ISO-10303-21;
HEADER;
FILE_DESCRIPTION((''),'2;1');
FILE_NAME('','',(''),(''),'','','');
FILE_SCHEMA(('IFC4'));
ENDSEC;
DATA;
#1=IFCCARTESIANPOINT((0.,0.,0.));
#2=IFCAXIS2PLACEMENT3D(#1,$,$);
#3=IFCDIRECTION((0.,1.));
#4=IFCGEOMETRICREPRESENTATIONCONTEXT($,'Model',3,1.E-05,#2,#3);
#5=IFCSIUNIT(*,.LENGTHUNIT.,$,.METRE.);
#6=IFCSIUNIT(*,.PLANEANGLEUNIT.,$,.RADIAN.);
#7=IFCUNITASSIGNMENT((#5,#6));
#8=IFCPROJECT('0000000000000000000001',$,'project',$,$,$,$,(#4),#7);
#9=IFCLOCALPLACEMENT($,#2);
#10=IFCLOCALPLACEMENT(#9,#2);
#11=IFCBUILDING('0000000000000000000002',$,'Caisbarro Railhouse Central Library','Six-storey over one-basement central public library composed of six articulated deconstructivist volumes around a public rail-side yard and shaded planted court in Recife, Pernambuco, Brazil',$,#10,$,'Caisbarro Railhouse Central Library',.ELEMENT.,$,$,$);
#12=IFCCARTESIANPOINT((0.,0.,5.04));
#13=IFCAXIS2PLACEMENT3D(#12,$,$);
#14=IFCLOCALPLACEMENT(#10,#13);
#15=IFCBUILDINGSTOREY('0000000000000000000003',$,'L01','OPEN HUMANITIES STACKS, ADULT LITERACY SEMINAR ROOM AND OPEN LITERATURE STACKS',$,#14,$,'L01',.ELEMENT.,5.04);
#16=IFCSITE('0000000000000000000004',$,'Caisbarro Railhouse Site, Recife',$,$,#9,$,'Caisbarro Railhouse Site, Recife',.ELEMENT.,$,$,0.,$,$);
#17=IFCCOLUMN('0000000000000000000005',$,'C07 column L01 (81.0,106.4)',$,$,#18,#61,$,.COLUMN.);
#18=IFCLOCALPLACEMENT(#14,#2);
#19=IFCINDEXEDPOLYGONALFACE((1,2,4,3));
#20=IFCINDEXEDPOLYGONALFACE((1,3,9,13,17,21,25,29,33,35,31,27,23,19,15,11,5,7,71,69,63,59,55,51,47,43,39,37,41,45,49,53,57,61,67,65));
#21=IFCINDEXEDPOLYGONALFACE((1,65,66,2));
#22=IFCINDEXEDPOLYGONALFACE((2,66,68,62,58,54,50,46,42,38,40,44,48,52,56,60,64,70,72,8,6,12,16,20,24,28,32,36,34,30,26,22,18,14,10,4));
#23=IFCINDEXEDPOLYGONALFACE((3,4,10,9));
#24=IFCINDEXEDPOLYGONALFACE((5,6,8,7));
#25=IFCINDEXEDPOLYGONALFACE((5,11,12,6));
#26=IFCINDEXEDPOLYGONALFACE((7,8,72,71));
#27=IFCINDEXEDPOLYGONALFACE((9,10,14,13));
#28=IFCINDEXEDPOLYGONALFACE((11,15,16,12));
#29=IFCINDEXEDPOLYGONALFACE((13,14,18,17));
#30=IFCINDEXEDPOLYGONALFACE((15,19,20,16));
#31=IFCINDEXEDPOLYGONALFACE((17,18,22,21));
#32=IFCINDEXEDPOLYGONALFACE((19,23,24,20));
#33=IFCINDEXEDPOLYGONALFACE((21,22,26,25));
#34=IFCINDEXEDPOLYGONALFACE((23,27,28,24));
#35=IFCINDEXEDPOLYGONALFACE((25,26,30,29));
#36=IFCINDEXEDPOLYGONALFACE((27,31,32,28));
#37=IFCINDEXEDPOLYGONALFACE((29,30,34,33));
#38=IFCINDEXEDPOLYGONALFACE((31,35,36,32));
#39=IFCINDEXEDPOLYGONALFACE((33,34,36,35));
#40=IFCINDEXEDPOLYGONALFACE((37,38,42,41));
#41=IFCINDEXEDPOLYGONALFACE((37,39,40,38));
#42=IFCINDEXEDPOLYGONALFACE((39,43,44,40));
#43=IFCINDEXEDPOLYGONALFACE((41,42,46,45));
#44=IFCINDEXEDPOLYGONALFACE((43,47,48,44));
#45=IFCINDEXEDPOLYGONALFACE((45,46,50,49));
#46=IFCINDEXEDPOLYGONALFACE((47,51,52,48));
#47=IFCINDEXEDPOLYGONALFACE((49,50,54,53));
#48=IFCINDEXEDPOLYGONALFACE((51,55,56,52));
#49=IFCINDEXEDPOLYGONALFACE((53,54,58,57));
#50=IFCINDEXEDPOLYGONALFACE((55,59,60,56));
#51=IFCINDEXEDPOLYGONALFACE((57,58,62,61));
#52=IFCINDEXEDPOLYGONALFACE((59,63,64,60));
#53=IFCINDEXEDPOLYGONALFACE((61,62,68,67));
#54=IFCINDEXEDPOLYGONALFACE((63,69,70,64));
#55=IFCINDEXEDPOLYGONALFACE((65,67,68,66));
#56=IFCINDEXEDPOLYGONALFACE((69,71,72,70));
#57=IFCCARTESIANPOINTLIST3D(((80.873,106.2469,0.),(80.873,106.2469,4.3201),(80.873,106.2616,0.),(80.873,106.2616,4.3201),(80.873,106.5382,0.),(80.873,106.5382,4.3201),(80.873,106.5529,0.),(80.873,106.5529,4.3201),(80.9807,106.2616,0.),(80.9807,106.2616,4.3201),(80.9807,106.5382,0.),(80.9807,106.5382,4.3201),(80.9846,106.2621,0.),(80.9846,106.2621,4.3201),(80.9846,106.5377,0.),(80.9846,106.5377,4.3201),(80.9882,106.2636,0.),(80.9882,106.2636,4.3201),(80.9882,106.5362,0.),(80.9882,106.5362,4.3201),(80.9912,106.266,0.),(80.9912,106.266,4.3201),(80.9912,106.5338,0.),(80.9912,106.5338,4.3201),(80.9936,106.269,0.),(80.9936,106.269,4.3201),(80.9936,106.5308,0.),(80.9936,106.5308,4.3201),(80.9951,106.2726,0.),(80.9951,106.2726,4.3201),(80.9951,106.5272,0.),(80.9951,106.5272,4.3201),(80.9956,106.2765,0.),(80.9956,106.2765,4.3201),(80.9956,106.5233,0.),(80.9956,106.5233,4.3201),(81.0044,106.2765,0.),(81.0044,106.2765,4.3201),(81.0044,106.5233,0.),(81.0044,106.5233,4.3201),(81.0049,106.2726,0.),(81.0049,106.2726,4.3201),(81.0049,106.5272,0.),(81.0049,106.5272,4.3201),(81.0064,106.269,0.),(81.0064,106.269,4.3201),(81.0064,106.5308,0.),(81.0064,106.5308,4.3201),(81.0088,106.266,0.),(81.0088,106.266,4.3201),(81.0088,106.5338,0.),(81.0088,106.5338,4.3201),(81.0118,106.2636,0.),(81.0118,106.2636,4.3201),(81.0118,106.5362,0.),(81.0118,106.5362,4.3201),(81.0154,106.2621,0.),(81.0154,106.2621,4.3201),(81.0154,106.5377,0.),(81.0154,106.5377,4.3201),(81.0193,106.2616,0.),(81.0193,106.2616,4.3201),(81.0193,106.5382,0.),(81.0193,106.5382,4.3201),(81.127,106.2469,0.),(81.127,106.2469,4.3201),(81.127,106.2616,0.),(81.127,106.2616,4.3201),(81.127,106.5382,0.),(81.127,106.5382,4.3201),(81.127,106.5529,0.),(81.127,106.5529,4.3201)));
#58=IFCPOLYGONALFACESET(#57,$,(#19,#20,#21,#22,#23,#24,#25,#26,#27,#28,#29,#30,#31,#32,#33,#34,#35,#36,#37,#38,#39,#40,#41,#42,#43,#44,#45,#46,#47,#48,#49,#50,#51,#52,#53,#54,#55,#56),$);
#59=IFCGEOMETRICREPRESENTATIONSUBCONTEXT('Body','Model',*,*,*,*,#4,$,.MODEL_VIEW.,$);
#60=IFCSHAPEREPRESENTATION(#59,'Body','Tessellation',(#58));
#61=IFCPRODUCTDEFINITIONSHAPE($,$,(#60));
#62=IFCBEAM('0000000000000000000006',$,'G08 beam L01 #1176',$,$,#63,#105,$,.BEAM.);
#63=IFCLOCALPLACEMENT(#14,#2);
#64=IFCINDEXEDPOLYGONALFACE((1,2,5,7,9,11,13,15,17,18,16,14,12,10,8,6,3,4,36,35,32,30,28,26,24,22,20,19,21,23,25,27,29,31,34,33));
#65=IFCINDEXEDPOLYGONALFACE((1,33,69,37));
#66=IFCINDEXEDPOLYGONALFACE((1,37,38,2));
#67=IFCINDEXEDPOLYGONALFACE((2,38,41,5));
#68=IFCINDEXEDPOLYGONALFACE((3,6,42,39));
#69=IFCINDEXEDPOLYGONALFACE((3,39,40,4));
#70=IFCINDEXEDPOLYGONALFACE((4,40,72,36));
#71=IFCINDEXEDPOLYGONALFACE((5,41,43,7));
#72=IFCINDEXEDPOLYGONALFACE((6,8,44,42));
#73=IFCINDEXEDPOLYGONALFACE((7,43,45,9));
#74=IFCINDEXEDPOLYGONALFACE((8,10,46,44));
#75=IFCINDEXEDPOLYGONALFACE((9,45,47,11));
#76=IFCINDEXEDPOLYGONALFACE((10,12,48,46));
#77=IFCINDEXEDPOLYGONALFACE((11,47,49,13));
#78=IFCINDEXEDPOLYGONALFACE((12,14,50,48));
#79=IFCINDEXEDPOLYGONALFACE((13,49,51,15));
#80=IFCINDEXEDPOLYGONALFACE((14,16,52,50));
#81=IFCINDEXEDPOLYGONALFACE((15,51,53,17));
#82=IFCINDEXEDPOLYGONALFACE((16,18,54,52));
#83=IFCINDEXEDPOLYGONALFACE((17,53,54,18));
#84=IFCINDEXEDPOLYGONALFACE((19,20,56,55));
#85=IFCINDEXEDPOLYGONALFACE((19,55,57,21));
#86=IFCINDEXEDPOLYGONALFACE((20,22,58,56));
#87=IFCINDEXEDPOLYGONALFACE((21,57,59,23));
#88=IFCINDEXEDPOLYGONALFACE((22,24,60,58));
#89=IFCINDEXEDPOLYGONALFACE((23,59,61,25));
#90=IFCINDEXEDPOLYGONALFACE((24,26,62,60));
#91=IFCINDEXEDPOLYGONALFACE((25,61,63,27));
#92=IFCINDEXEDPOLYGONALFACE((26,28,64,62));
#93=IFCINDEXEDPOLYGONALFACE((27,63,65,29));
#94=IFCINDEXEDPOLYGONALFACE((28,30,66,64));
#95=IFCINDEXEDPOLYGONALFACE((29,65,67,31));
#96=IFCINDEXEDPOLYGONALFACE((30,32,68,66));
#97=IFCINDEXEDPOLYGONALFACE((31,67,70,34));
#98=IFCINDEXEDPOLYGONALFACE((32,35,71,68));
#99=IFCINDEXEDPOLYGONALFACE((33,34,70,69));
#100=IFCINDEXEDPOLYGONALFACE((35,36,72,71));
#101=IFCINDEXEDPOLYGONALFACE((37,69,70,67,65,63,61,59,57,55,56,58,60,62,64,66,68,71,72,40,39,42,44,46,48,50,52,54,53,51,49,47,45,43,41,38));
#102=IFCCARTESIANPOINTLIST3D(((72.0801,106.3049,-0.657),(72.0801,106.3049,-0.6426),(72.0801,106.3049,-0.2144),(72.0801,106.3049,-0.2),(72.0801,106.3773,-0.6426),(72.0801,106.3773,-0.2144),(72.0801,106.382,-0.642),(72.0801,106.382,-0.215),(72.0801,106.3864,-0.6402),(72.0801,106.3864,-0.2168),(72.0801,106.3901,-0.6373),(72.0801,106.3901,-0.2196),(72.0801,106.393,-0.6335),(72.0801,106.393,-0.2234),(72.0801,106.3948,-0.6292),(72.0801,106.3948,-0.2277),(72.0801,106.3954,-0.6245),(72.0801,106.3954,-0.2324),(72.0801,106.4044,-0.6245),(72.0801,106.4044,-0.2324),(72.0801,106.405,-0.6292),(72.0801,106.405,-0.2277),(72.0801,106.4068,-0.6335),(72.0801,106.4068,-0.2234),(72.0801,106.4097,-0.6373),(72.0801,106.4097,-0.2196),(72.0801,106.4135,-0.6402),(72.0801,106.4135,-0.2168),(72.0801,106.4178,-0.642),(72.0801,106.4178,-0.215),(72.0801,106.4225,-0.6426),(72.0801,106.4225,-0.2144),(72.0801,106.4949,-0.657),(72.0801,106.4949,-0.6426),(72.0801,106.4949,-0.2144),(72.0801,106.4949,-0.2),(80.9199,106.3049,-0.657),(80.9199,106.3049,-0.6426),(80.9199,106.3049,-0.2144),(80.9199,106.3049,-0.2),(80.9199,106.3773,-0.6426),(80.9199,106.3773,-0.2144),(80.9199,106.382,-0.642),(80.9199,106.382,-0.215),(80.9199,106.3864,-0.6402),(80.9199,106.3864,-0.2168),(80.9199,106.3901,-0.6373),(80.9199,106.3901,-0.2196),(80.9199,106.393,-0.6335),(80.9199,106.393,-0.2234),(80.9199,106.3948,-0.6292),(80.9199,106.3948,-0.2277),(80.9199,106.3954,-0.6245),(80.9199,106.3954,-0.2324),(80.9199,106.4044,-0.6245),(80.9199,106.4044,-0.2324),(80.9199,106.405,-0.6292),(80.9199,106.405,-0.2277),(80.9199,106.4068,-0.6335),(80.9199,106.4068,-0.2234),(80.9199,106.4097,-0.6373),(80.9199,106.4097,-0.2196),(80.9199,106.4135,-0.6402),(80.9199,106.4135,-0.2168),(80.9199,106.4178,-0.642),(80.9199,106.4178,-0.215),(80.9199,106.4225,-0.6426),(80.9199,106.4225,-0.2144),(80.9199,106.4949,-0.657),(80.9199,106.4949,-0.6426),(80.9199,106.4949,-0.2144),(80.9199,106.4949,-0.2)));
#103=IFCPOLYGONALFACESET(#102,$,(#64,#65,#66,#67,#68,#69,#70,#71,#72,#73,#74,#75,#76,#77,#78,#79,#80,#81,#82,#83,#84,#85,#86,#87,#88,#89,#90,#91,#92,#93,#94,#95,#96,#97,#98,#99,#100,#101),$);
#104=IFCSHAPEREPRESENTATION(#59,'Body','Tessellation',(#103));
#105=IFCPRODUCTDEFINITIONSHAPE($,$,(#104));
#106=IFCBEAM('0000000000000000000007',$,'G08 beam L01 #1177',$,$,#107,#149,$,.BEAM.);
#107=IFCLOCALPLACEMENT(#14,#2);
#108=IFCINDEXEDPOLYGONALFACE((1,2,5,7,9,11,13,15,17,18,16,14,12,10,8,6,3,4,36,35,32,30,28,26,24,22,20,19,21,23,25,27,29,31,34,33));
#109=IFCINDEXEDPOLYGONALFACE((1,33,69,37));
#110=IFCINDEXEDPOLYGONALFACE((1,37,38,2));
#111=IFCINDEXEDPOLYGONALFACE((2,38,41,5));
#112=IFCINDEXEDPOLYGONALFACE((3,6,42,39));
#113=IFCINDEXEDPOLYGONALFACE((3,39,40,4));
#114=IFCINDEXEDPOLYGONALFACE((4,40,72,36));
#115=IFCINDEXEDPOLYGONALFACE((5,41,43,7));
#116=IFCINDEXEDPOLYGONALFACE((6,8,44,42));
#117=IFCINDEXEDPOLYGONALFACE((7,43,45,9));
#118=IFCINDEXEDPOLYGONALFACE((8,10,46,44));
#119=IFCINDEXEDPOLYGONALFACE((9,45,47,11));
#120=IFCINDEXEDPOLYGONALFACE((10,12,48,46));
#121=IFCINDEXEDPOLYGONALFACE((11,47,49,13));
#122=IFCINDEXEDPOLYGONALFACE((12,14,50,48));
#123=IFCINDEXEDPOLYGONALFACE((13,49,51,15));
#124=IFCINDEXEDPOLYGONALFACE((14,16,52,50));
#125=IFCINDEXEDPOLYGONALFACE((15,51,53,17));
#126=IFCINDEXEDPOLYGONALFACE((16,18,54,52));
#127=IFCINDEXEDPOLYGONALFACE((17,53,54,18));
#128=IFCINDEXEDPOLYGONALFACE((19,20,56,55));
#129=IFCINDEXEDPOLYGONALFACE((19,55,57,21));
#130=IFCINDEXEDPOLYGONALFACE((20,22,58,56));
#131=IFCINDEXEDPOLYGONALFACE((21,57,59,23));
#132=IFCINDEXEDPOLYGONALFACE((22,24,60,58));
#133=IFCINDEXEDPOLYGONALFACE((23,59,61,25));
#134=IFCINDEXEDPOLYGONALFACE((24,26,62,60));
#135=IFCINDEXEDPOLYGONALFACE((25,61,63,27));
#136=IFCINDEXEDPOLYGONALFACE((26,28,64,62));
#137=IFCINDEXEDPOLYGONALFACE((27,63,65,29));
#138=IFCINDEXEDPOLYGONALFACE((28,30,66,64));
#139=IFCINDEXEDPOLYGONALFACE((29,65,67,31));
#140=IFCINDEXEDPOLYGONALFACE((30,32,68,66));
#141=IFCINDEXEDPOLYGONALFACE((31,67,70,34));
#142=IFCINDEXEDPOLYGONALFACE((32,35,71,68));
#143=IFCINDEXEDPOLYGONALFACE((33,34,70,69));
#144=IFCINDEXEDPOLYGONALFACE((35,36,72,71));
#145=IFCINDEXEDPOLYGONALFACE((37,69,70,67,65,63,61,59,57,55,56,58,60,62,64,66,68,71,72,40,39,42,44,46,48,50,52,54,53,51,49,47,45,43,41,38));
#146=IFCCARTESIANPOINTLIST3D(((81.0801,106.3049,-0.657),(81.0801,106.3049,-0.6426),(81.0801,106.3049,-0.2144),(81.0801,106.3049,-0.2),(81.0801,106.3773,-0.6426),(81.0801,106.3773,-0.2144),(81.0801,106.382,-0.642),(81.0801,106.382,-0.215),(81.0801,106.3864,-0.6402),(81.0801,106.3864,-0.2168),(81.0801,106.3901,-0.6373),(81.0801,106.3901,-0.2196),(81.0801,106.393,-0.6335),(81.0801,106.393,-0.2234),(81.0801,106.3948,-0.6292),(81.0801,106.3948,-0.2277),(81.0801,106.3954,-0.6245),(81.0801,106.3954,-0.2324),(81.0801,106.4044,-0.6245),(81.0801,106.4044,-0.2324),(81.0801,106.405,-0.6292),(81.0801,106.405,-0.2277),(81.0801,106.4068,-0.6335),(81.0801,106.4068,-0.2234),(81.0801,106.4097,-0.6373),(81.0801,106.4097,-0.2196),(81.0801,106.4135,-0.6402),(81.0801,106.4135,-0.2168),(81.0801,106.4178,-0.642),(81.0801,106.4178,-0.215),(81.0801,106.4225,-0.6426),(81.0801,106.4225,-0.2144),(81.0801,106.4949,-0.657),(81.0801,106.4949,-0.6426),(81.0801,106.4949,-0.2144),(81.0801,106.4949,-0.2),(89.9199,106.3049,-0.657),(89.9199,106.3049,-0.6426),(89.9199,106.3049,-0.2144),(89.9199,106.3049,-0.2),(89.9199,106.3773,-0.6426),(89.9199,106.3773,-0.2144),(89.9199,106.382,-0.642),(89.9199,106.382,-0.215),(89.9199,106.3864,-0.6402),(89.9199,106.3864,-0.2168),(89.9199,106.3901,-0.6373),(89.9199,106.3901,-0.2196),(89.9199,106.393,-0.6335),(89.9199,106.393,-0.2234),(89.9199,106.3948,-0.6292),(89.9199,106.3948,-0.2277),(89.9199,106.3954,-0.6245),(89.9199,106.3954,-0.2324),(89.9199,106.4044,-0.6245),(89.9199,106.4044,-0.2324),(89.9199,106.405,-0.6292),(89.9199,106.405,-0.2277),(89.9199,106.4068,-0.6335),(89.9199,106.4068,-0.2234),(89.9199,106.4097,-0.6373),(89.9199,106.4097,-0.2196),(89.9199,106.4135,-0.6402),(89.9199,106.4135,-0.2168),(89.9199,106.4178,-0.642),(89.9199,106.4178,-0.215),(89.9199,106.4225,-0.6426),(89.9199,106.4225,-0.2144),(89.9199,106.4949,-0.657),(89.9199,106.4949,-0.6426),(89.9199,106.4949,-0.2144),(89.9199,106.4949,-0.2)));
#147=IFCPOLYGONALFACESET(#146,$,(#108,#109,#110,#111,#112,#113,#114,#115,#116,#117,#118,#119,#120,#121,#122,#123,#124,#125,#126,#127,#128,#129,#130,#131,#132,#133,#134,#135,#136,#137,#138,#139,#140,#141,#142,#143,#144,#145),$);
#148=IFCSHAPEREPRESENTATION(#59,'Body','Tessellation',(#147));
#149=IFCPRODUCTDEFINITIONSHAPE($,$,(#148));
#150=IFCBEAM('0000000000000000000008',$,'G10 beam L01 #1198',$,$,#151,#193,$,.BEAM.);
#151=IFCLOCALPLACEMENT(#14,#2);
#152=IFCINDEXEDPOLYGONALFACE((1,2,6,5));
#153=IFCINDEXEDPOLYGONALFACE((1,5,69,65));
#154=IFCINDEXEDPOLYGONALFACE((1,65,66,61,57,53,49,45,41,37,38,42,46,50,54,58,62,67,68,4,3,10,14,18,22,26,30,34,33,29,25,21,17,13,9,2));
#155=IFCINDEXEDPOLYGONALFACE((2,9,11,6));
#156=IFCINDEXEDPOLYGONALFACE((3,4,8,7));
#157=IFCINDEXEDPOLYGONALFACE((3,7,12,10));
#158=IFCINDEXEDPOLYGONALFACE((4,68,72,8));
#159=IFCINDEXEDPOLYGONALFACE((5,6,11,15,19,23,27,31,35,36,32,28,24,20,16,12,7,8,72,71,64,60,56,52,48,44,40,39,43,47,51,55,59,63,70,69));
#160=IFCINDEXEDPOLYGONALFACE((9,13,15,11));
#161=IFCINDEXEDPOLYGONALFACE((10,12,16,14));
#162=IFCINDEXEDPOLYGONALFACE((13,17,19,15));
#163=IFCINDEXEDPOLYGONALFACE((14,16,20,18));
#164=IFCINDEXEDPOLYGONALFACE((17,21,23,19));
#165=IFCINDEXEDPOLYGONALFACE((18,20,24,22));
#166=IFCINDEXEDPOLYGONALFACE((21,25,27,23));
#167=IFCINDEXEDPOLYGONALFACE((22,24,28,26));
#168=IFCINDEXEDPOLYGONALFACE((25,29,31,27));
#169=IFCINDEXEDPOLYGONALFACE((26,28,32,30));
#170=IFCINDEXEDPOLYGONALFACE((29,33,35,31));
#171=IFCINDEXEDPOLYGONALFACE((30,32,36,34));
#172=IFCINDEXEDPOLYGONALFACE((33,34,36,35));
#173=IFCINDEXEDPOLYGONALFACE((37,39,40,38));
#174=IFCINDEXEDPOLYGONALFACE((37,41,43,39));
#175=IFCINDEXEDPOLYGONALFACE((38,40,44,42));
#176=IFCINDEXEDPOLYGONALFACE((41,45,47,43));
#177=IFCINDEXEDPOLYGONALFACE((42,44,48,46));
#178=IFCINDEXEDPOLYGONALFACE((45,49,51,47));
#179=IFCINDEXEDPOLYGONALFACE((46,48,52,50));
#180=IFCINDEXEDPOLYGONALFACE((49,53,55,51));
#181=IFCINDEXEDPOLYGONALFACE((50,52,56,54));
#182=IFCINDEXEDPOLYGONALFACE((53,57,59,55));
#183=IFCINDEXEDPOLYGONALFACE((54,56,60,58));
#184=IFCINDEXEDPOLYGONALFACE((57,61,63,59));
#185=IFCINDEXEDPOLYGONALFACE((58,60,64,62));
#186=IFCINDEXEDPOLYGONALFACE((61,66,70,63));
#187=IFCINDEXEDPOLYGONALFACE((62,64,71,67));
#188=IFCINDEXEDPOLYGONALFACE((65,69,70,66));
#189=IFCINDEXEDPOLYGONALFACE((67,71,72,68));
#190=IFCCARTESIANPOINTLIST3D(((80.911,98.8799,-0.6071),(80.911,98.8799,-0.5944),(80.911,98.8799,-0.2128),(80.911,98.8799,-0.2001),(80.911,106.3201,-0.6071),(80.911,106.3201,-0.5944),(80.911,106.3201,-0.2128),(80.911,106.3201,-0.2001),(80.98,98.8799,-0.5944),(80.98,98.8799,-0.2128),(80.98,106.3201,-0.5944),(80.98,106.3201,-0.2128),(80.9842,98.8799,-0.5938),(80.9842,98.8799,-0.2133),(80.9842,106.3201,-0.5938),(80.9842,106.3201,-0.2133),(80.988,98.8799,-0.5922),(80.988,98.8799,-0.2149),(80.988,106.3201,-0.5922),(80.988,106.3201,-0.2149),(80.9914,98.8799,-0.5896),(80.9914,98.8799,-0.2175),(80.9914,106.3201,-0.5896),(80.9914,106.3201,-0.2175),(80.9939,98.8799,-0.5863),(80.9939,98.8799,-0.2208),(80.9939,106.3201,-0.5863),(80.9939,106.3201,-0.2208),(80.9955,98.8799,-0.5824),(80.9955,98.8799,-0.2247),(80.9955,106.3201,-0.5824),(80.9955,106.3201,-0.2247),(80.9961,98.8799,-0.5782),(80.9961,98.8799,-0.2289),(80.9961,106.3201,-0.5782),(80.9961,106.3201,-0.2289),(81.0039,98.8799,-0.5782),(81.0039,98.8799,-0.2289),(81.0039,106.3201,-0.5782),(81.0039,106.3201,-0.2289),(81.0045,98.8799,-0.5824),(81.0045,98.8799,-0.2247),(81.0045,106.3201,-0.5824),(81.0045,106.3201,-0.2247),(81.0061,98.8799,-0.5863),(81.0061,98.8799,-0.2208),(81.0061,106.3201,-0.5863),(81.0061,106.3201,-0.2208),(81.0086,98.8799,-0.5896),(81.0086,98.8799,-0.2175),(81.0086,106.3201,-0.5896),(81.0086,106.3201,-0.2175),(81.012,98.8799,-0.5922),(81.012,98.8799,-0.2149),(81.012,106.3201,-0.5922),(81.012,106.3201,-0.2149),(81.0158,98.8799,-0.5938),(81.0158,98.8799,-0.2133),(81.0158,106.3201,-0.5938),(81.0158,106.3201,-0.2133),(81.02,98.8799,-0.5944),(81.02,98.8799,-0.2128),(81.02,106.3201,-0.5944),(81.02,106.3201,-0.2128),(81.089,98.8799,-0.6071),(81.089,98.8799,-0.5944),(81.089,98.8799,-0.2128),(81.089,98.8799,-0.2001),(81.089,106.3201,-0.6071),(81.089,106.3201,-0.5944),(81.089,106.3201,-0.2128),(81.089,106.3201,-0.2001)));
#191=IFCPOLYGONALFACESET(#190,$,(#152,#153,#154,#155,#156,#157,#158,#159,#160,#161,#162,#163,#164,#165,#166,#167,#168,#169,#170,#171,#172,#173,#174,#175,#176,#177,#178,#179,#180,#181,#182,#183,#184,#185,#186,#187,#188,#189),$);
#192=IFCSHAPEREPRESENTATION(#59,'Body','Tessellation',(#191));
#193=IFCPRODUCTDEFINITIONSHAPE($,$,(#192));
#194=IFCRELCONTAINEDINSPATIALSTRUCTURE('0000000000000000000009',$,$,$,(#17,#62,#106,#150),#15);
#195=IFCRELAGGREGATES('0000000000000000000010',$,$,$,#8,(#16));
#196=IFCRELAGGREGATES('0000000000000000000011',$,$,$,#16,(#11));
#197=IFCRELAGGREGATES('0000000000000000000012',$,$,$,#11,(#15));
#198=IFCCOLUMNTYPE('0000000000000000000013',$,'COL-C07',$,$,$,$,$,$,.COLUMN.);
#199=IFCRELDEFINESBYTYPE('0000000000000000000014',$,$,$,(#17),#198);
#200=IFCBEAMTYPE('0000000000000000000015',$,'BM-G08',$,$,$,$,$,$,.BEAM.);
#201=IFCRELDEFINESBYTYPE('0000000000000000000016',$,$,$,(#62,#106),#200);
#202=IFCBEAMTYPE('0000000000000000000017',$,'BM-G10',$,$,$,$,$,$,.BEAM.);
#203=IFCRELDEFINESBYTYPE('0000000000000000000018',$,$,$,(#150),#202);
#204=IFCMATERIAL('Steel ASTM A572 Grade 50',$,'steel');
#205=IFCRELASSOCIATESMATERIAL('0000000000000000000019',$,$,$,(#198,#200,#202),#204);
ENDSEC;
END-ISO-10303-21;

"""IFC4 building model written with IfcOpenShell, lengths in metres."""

from ifc_helpers import new_model, si_unit, direction, frame, origin, origin_2d, place, context, subcontext, project, spatial, i_section, extrude, material, material_profile, profile_set, type_object, element, save


model = new_model("IFC4")

# Units and contexts
model_context = context("Model", 3, precision=1e-05, world=origin(), true_north=direction((0.0, 1.0)))
body_context = subcontext(model_context, "Body", "Model", "MODEL_VIEW")
ifc_project = project(units=[si_unit("LENGTHUNIT", "METRE"), si_unit("PLANEANGLEUNIT", "RADIAN")], contexts=[model_context])

# Site, building, storey
site_placement = place(None, origin())
site = spatial("IfcSite", under=ifc_project, at=site_placement, Name="Caisbarro Railhouse Site, Recife", LongName="Caisbarro Railhouse Site, Recife", CompositionType="ELEMENT", RefElevation=0.0)
building_placement = place(site_placement, origin())
building = spatial("IfcBuilding", under=site, at=building_placement, Name="Caisbarro Railhouse Central Library", Description="Six-storey over one-basement central public library composed of six articulated deconstructivist volumes around a public rail-side yard and shaded planted court in Recife, Pernambuco, Brazil", LongName="Caisbarro Railhouse Central Library", CompositionType="ELEMENT")
storey_placement = place(building_placement, frame((0.0, 0.0, 5.04)))
storey = spatial("IfcBuildingStorey", under=building, at=storey_placement, Name="L01", Description="OPEN HUMANITIES STACKS, ADULT LITERACY SEMINAR ROOM AND OPEN LITERATURE STACKS", LongName="L01", CompositionType="ELEMENT", Elevation=5.04)

# Column
ifc_material_1 = material(Name="Steel ASTM A572 Grade 50", Category="steel")
ifc_material_profile_1 = material_profile(ifc_material_1, i_section(OverallWidth=0.2539, OverallDepth=0.3059, WebThickness=0.0088, FlangeThickness=0.0146, FilletRadius=0.0149, at=origin_2d()), Name="W310X79.0")
ifc_profile_set_1 = profile_set([ifc_material_profile_1], Name="Steel ASTM A572 Grade 50")
column_type = type_object("IfcColumnType", Name="COL-C07", PredefinedType="COLUMN", material=ifc_profile_set_1)
column_placement = place(storey_placement, frame((81.0, 106.3999, 0.0), z_axis=(0.0, 0.0, 1.0), x_axis=(1.0, 0.0, 0.0)))
element("IfcColumn", 1, at=column_placement, inside=storey, type_object=column_type, Name="C07 column L01 (81.0,106.4)", PredefinedType="COLUMN", context=body_context, shape_type="SweptSolid", body=[
    extrude(i_section(OverallWidth=0.2539, OverallDepth=0.3059, WebThickness=0.0088, FlangeThickness=0.0146, FilletRadius=0.0149, at=origin_2d()), origin(), (0.0, 0.0, 1.0), 4.3201),
])

# Beams
ifc_material_profile_2 = material_profile(ifc_material_1, i_section(OverallWidth=0.1899, OverallDepth=0.457, WebThickness=0.009, FlangeThickness=0.0144, FilletRadius=0.0181, at=origin_2d()), Name="W460X74.0")
ifc_profile_set_2 = profile_set([ifc_material_profile_2], Name="Steel ASTM A572 Grade 50")
beam_type_1 = type_object("IfcBeamType", Name="BM-G08", PredefinedType="BEAM", material=ifc_profile_set_2)
for number, where, z_axis, x_axis, name in (
    (2, (72.0801, 106.3999, -0.4285), (1.0, 0.0, 0.0), (0.0, 1.0, 0.0), "G08 beam L01 #1176"),
    (3, (81.0801, 106.3999, -0.4285), (1.0, 0.0, 0.0), (0.0, 1.0, 0.0), "G08 beam L01 #1177"),
):
    element("IfcBeam", number, at=place(storey_placement, frame(where, z_axis=z_axis, x_axis=x_axis)), inside=storey, type_object=beam_type_1, Name=name, PredefinedType="BEAM", context=body_context, shape_type="SweptSolid", body=[
        extrude(i_section(OverallWidth=0.1899, OverallDepth=0.457, WebThickness=0.009, FlangeThickness=0.0144, FilletRadius=0.0181, at=origin_2d()), origin(), (0.0, 0.0, 1.0), 8.8398),
    ])
ifc_material_profile_3 = material_profile(ifc_material_1, i_section(OverallWidth=0.178, OverallDepth=0.407, WebThickness=0.0078, FlangeThickness=0.0127, FilletRadius=0.0161, at=origin_2d()), Name="W410X60.0")
ifc_profile_set_3 = profile_set([ifc_material_profile_3], Name="Steel ASTM A572 Grade 50")
beam_type_2 = type_object("IfcBeamType", Name="BM-G10", PredefinedType="BEAM", material=ifc_profile_set_3)
beam_1_placement = place(storey_placement, frame((81.0, 98.8799, -0.4036), z_axis=(0.0, 1.0, 0.0), x_axis=(-1.0, 0.0, 0.0)))
element("IfcBeam", 4, at=beam_1_placement, inside=storey, type_object=beam_type_2, Name="G10 beam L01 #1198", PredefinedType="BEAM", context=body_context, shape_type="SweptSolid", body=[
    extrude(i_section(OverallWidth=0.178, OverallDepth=0.407, WebThickness=0.0078, FlangeThickness=0.0127, FilletRadius=0.0161, at=origin_2d()), origin(), (0.0, 0.0, 1.0), 7.4402),
])

save(model, "model.ifc")
